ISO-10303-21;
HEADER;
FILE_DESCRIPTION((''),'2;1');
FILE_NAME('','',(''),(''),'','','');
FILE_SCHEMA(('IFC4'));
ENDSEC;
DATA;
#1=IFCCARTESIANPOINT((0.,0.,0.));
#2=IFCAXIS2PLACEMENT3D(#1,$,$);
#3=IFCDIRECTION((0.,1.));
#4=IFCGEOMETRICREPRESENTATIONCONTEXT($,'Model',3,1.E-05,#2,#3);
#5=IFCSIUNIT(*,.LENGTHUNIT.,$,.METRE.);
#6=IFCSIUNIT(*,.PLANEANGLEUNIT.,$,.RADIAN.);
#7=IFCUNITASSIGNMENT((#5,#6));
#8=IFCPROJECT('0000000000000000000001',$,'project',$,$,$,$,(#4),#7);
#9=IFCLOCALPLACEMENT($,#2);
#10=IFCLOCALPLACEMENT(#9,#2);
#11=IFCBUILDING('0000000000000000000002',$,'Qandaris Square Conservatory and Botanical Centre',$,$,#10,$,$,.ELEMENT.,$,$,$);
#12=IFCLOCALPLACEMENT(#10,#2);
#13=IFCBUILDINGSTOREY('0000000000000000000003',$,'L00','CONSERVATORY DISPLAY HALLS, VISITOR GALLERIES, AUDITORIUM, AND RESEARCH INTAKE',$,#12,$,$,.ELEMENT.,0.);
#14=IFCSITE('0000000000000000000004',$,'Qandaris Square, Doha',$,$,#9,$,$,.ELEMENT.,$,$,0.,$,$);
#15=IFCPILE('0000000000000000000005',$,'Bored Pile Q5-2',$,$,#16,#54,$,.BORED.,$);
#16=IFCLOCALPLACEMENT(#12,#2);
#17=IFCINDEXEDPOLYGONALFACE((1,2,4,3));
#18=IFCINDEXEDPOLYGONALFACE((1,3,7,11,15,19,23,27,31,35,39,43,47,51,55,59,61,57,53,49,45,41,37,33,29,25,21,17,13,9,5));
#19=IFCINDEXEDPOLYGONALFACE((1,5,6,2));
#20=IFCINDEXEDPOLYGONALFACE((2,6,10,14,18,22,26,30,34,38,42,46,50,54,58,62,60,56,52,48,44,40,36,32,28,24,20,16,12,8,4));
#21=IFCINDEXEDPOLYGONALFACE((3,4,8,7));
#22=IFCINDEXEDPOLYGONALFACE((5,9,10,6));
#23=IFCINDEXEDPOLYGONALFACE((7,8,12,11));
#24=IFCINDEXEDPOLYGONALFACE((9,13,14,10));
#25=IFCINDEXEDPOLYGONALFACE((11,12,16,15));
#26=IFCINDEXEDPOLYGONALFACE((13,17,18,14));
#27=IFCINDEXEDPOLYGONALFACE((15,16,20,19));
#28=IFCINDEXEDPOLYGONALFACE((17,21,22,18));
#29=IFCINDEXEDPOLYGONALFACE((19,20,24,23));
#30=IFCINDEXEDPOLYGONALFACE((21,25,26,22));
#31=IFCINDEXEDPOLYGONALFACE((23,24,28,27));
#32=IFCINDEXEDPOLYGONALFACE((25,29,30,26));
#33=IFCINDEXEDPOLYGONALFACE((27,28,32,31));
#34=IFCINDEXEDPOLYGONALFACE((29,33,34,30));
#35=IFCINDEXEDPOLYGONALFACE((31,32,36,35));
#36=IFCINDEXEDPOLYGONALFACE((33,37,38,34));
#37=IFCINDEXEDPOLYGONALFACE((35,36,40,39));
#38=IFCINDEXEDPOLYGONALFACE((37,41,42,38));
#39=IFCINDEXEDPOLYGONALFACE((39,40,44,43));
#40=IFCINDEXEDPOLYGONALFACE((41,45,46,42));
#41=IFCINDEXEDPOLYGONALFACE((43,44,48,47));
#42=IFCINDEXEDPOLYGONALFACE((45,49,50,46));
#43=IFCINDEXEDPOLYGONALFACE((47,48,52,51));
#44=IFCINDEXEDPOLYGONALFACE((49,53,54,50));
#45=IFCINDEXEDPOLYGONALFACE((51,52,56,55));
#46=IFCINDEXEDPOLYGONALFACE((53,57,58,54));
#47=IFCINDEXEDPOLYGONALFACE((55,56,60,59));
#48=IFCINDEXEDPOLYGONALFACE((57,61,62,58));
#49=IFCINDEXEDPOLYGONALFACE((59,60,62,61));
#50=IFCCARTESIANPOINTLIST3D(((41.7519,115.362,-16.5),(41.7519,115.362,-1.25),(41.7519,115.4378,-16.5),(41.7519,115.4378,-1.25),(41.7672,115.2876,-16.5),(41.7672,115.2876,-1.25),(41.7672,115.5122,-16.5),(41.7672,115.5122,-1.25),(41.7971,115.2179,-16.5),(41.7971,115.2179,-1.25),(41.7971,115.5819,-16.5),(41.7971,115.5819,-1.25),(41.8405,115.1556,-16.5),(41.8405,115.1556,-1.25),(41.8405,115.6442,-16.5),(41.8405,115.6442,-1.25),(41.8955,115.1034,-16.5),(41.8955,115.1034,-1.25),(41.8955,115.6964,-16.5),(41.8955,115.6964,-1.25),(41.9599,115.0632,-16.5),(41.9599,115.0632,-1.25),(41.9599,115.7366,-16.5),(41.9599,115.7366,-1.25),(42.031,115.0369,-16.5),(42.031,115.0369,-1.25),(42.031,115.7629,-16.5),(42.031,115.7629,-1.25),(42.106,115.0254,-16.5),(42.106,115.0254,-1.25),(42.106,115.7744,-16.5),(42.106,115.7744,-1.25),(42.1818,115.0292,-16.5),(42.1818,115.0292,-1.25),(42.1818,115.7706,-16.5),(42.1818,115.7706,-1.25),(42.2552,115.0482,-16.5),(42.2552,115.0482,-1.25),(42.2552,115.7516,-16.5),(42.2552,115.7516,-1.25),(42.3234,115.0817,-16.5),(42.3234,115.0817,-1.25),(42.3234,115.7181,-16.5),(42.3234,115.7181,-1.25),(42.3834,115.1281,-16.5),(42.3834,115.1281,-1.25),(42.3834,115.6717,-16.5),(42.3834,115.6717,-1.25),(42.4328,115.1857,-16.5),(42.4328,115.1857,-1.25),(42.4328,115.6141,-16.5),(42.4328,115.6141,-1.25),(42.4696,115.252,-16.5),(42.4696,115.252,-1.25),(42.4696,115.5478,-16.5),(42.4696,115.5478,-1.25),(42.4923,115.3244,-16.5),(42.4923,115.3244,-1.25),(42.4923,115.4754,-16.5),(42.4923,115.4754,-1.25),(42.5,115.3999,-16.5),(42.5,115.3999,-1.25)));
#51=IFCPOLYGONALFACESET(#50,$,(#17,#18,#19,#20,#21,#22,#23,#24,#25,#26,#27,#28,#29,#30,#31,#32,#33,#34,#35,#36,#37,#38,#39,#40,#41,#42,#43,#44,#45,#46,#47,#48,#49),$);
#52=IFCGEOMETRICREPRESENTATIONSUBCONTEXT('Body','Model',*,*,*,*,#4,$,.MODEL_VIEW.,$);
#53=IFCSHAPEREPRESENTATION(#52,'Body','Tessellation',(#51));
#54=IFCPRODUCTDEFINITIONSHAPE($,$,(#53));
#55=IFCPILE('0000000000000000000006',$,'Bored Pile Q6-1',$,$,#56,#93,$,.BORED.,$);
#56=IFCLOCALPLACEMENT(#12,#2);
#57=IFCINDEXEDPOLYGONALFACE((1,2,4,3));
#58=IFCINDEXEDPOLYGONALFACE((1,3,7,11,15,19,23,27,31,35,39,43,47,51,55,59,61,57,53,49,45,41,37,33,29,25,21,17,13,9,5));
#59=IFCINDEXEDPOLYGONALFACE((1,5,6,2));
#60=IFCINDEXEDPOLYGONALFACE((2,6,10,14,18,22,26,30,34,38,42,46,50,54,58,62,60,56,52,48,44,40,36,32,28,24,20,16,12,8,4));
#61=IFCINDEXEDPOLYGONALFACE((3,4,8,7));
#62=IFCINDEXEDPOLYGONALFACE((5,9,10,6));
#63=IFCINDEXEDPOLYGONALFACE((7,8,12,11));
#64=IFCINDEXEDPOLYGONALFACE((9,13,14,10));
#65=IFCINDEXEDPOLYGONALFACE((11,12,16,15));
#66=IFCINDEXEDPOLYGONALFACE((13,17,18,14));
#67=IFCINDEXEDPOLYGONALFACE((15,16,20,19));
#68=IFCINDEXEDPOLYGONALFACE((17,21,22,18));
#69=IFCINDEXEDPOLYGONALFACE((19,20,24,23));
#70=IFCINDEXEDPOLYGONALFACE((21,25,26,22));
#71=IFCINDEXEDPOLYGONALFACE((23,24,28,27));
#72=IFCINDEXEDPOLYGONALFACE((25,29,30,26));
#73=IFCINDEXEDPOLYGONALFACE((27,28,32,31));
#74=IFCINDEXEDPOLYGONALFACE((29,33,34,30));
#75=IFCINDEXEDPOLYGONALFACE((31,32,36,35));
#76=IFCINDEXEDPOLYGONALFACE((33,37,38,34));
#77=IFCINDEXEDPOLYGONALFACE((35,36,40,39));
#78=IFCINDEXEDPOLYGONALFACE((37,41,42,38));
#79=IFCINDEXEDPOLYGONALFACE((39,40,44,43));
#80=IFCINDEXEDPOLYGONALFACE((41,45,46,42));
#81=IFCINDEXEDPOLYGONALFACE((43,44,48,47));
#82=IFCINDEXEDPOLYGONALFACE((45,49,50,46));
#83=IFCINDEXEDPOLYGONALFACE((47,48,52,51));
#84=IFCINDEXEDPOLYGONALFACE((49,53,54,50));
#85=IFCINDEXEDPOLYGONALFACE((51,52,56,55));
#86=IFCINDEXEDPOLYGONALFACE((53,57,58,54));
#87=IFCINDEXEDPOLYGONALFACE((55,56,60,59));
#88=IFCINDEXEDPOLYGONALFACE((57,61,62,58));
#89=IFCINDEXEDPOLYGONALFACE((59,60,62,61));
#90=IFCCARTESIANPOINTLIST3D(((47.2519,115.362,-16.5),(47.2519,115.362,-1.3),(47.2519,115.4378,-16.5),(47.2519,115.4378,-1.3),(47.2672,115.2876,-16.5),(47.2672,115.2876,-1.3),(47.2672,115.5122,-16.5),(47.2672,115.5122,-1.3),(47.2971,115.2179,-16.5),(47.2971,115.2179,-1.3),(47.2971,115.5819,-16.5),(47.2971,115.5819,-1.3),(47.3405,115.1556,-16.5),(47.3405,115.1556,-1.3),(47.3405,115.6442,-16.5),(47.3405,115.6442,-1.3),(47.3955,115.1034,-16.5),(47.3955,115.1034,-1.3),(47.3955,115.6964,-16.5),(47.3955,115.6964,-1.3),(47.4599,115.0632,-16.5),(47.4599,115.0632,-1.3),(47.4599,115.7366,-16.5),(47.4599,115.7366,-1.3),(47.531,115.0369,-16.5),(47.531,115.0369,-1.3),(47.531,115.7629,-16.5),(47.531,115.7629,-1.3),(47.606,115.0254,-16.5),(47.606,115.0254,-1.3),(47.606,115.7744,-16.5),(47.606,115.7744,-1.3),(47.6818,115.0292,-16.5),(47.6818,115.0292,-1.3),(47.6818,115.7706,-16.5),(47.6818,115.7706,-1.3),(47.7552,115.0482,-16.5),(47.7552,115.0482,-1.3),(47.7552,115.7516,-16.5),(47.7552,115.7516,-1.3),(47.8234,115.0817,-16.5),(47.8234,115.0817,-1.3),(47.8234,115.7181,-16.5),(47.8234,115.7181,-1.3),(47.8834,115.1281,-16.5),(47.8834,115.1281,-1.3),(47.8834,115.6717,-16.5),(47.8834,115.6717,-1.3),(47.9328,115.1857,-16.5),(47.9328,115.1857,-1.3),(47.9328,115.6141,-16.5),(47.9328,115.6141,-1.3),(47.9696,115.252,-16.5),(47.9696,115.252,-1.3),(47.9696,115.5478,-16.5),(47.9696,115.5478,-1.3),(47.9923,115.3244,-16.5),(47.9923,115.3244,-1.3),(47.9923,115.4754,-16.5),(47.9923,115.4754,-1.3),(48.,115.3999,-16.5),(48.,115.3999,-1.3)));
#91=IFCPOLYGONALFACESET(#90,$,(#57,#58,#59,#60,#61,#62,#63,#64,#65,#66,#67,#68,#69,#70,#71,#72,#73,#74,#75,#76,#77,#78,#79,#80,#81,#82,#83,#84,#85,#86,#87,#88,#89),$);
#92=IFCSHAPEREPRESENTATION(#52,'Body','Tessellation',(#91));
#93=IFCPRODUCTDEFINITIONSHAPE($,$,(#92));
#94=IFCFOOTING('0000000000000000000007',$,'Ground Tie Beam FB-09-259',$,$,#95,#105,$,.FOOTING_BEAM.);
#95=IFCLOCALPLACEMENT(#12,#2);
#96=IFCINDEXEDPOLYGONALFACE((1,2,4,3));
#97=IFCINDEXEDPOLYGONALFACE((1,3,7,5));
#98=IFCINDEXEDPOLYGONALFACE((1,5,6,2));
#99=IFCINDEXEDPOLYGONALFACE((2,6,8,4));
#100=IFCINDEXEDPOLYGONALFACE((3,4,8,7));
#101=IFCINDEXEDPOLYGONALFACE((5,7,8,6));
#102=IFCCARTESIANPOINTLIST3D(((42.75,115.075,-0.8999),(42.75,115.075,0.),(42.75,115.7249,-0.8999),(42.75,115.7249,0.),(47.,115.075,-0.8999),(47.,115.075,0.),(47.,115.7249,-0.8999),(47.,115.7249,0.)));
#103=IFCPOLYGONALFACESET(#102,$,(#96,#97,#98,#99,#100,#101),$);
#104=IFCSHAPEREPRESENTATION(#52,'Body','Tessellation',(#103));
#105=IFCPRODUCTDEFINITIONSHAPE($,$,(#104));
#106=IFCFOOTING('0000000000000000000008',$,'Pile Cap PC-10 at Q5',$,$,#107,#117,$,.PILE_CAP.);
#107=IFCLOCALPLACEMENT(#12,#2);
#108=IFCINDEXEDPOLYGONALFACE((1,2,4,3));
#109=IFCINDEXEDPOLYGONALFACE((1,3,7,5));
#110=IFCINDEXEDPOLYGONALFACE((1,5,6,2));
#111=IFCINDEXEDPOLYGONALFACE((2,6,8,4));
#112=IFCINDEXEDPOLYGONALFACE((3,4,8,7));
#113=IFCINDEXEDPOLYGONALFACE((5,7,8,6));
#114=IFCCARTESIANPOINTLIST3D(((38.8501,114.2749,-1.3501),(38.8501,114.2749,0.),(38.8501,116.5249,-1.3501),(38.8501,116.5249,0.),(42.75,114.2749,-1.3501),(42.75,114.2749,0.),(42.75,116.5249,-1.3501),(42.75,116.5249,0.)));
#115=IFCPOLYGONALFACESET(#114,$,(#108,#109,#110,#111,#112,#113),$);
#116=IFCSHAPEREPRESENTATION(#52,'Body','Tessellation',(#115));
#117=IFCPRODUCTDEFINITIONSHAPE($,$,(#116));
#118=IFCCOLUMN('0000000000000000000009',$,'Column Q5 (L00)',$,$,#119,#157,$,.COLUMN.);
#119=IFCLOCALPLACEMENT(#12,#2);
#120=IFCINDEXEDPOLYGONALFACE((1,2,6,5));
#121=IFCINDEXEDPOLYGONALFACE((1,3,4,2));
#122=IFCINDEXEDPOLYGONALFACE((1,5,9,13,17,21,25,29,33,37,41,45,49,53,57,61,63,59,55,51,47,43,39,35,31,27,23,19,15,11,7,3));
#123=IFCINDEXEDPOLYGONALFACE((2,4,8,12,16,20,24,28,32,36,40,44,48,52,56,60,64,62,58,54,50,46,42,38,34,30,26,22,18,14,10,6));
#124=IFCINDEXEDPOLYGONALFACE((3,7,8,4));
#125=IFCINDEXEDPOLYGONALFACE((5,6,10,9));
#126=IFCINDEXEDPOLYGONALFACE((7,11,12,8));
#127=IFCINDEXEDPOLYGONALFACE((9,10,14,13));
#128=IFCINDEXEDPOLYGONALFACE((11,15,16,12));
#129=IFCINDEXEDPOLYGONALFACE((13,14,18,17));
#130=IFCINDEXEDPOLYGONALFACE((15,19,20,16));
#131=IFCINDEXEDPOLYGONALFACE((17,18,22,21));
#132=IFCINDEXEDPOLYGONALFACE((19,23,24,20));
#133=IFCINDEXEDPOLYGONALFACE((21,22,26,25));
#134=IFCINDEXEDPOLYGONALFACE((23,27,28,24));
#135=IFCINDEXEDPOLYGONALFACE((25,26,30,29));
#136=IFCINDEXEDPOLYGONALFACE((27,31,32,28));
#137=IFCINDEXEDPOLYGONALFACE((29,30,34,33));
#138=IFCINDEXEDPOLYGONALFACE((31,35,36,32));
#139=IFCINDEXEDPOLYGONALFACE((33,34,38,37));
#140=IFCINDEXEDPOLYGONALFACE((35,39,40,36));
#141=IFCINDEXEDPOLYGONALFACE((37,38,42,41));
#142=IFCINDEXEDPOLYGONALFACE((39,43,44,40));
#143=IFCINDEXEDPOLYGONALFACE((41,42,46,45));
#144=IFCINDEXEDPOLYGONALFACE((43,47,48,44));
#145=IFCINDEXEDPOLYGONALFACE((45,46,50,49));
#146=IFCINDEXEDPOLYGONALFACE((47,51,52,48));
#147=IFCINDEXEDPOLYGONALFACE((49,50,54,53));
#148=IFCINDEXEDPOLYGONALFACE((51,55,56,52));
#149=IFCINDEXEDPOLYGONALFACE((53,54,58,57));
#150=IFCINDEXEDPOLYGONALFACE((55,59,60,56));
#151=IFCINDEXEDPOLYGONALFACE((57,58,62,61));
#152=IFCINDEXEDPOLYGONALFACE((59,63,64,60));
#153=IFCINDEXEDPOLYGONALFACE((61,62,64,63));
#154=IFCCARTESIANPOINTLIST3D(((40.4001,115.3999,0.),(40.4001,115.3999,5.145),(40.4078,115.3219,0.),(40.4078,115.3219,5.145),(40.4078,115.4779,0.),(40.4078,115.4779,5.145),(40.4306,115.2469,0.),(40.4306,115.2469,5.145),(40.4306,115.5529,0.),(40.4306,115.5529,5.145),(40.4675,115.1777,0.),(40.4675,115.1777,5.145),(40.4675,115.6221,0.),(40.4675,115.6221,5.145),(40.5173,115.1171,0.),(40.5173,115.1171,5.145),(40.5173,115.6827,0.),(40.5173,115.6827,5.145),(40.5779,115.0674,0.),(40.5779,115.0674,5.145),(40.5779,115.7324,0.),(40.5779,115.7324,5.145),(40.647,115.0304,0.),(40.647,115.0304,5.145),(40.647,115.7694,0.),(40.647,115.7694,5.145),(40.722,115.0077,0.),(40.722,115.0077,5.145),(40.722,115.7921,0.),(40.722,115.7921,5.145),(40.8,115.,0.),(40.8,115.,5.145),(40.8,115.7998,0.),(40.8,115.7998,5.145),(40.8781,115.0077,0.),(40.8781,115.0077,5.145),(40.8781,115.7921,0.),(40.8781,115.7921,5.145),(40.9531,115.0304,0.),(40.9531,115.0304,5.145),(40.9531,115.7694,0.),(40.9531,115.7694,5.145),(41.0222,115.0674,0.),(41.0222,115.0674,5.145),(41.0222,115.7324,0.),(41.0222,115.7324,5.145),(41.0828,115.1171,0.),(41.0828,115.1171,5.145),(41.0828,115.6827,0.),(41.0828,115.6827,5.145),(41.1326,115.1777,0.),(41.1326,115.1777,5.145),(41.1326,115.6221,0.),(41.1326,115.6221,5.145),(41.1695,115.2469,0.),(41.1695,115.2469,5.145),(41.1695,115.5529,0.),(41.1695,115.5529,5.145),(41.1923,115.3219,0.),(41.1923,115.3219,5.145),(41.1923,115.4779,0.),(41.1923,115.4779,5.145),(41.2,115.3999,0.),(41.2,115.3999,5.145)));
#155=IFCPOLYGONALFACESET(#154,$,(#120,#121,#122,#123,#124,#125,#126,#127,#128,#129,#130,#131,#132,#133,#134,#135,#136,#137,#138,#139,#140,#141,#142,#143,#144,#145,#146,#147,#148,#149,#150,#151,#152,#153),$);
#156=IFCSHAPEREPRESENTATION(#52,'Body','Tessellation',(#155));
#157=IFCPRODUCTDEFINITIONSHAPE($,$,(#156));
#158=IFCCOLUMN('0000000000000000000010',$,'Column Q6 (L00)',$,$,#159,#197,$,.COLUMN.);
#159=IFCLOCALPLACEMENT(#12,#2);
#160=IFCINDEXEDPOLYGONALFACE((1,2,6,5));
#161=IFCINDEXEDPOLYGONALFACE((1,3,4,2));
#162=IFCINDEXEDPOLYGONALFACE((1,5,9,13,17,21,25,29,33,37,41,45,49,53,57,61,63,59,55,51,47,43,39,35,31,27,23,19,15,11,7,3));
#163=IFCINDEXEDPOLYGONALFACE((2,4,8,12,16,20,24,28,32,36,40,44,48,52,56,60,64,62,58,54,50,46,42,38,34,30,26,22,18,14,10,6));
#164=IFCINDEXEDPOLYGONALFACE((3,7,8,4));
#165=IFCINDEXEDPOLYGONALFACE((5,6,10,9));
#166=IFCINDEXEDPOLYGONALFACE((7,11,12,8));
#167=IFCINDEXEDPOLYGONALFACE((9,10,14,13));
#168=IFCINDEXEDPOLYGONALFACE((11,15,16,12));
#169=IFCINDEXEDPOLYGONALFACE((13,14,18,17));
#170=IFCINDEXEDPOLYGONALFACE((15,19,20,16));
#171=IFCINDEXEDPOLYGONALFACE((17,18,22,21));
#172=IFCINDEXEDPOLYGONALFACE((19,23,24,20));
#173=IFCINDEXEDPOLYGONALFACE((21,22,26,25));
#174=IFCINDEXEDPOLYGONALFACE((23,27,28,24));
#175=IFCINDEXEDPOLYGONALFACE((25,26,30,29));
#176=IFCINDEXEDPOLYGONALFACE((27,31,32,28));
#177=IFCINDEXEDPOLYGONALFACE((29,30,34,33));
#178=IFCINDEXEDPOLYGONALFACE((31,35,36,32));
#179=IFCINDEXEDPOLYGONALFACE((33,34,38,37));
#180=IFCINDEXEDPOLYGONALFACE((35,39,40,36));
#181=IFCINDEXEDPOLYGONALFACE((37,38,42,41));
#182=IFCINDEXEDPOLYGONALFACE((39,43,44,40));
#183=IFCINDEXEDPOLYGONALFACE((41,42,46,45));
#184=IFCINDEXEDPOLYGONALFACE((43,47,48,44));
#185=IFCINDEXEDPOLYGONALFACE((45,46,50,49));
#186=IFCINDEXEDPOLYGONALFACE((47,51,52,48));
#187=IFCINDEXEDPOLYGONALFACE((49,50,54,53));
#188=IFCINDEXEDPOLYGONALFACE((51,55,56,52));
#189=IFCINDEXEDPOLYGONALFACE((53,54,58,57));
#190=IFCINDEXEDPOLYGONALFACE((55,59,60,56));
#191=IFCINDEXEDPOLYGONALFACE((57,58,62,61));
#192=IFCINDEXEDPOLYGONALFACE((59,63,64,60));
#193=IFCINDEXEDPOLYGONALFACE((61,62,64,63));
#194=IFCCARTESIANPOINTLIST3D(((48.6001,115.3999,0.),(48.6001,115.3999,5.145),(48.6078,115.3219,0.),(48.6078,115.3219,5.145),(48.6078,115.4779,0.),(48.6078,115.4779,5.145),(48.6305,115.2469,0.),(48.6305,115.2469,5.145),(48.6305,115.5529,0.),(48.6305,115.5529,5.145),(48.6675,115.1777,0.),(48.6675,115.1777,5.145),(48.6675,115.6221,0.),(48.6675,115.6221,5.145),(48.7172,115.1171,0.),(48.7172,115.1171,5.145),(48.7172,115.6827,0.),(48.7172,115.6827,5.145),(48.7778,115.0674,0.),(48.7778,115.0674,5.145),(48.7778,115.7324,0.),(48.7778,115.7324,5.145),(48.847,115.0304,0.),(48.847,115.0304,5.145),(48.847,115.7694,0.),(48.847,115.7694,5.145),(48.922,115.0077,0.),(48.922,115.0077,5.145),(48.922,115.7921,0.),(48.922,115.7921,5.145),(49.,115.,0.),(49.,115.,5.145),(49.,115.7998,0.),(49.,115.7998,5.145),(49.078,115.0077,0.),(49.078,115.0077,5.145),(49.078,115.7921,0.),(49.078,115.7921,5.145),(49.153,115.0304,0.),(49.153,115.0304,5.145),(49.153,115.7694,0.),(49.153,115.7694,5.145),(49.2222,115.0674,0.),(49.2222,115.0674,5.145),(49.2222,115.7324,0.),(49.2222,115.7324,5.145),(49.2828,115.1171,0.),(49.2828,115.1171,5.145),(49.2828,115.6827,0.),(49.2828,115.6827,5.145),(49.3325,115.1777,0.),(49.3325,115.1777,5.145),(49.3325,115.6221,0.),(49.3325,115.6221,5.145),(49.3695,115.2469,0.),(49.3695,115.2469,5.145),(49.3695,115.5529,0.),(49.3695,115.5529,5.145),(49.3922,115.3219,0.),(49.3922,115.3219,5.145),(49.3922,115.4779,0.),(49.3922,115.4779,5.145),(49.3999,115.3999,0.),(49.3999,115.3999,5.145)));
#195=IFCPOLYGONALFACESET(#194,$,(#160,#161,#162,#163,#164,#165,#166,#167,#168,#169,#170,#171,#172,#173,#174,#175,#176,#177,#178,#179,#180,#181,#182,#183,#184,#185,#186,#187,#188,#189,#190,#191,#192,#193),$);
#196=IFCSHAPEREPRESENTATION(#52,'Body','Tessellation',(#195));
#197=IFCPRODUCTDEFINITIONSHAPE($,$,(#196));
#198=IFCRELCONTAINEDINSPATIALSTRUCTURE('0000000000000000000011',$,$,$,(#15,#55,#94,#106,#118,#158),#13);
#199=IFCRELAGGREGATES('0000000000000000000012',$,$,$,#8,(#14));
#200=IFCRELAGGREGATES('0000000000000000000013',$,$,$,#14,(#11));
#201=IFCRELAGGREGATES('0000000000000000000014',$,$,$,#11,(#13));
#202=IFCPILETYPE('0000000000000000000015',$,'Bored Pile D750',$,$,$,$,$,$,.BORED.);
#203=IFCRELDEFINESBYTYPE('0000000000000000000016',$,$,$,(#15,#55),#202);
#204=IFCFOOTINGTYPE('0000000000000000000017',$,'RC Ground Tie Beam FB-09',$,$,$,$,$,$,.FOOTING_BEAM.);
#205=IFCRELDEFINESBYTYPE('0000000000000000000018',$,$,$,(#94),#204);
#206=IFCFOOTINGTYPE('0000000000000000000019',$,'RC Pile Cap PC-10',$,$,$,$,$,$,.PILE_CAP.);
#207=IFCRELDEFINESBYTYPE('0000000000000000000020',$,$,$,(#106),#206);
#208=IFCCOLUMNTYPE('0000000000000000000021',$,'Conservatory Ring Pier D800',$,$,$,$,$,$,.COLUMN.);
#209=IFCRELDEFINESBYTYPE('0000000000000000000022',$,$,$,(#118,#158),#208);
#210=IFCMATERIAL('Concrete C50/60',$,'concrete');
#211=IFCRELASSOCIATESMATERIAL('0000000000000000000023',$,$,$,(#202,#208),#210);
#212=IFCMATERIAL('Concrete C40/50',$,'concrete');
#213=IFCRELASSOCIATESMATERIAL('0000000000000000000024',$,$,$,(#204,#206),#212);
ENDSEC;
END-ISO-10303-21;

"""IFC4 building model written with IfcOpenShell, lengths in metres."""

from ifc_helpers import new_model, si_unit, direction, frame, origin, origin_2d, place, context, subcontext, project, spatial, rectangle, circle, extrude, material, material_profile, profile_set, type_object, element, save


model = new_model("IFC4")

# Units and contexts
model_context = context("Model", 3, precision=1e-05, world=origin(), true_north=direction((0.0, 1.0)))
body_context = subcontext(model_context, "Body", "Model", "MODEL_VIEW")
ifc_project = project(units=[si_unit("LENGTHUNIT", "METRE"), si_unit("PLANEANGLEUNIT", "RADIAN")], contexts=[model_context])

# Site, building, storey
site_placement = place(None, origin())
site = spatial("IfcSite", under=ifc_project, at=site_placement, Name="Qandaris Square, Doha", CompositionType="ELEMENT", RefElevation=0.0)
building_placement = place(site_placement, origin())
building = spatial("IfcBuilding", under=site, at=building_placement, Name="Qandaris Square Conservatory and Botanical Centre", CompositionType="ELEMENT")
storey_placement = place(building_placement, origin())
storey = spatial("IfcBuildingStorey", under=building, at=storey_placement, Name="L00", Description="CONSERVATORY DISPLAY HALLS, VISITOR GALLERIES, AUDITORIUM, AND RESEARCH INTAKE", CompositionType="ELEMENT", Elevation=0.0)

# Piles
ifc_material_1 = material(Name="Concrete C50/60", Category="concrete")
ifc_material_profile_1 = material_profile(ifc_material_1, circle(Radius=0.375, at=origin_2d()), Name="PILE D750")
ifc_profile_set_1 = profile_set([ifc_material_profile_1], Name="Concrete C50/60")
pile_type = type_object("IfcPileType", Name="Bored Pile D750", PredefinedType="BORED", material=ifc_profile_set_1)
pile_1_placement = place(storey_placement, frame((42.125, 115.3999, -1.25), z_axis=(0.0, 0.0, -1.0), x_axis=(1.0, 0.0, 0.0)))
element("IfcPile", 1, at=pile_1_placement, inside=storey, type_object=pile_type, Name="Bored Pile Q5-2", PredefinedType="BORED", context=body_context, shape_type="SweptSolid", body=[
    extrude(circle(Radius=0.375, at=origin_2d()), origin(), (0.0, 0.0, 1.0), 15.25),
])
pile_2_placement = place(storey_placement, frame((47.625, 115.3999, -1.3), z_axis=(0.0, 0.0, -1.0), x_axis=(1.0, 0.0, 0.0)))
element("IfcPile", 2, at=pile_2_placement, inside=storey, type_object=pile_type, Name="Bored Pile Q6-1", PredefinedType="BORED", context=body_context, shape_type="SweptSolid", body=[
    extrude(circle(Radius=0.375, at=origin_2d()), origin(), (0.0, 0.0, 1.0), 15.2),
])

# Footings
ifc_material_2 = material(Name="Concrete C40/50", Category="concrete")
ifc_material_profile_2 = material_profile(ifc_material_2, rectangle(XDim=0.6499, YDim=0.8999, at=origin_2d()), Name="FB 650x900")
ifc_profile_set_2 = profile_set([ifc_material_profile_2], Name="Concrete C40/50")
footing_type_1 = type_object("IfcFootingType", Name="RC Ground Tie Beam FB-09", PredefinedType="FOOTING_BEAM", material=ifc_profile_set_2)
footing_1_placement = place(storey_placement, frame((42.75, 115.3999, -0.45), z_axis=(1.0, 0.0, 0.0), x_axis=(0.0, 1.0, 0.0)))
element("IfcFooting", 3, at=footing_1_placement, inside=storey, type_object=footing_type_1, Name="Ground Tie Beam FB-09-259", PredefinedType="FOOTING_BEAM", context=body_context, shape_type="SweptSolid", body=[
    extrude(rectangle(XDim=0.6499, YDim=0.8999, at=origin_2d()), origin(), (0.0, 0.0, 1.0), 4.25),
])
footing_type_2 = type_object("IfcFootingType", Name="RC Pile Cap PC-10", PredefinedType="PILE_CAP", material=ifc_material_2)
footing_2_placement = place(storey_placement, frame((40.8, 115.3999, -1.3501), z_axis=(0.0, 0.0, 1.0), x_axis=(1.0, 0.0, 0.0)))
element("IfcFooting", 4, at=footing_2_placement, inside=storey, type_object=footing_type_2, Name="Pile Cap PC-10 at Q5", PredefinedType="PILE_CAP", context=body_context, shape_type="SweptSolid", body=[
    extrude(rectangle(XDim=3.8999, YDim=2.25, at=origin_2d()), origin(), (0.0, 0.0, 1.0), 1.3501),
])

# Columns
ifc_material_profile_3 = material_profile(ifc_material_1, circle(Radius=0.3999, at=origin_2d()), Name="RC-COL D800")
ifc_profile_set_3 = profile_set([ifc_material_profile_3], Name="Concrete C50/60")
column_type = type_object("IfcColumnType", Name="Conservatory Ring Pier D800", PredefinedType="COLUMN", material=ifc_profile_set_3)
for number, where, z_axis, x_axis, name in (
    (5, (40.8, 115.3999, 0.0), (0.0, 0.0, 1.0), (1.0, 0.0, 0.0), "Column Q5 (L00)"),
    (6, (49.0, 115.3999, 0.0), (0.0, 0.0, 1.0), (1.0, 0.0, 0.0), "Column Q6 (L00)"),
):
    element("IfcColumn", number, at=place(storey_placement, frame(where, z_axis=z_axis, x_axis=x_axis)), inside=storey, type_object=column_type, Name=name, PredefinedType="COLUMN", context=body_context, shape_type="SweptSolid", body=[
        extrude(circle(Radius=0.3999, at=origin_2d()), origin(), (0.0, 0.0, 1.0), 5.145),
    ])

save(model, "model.ifc")
